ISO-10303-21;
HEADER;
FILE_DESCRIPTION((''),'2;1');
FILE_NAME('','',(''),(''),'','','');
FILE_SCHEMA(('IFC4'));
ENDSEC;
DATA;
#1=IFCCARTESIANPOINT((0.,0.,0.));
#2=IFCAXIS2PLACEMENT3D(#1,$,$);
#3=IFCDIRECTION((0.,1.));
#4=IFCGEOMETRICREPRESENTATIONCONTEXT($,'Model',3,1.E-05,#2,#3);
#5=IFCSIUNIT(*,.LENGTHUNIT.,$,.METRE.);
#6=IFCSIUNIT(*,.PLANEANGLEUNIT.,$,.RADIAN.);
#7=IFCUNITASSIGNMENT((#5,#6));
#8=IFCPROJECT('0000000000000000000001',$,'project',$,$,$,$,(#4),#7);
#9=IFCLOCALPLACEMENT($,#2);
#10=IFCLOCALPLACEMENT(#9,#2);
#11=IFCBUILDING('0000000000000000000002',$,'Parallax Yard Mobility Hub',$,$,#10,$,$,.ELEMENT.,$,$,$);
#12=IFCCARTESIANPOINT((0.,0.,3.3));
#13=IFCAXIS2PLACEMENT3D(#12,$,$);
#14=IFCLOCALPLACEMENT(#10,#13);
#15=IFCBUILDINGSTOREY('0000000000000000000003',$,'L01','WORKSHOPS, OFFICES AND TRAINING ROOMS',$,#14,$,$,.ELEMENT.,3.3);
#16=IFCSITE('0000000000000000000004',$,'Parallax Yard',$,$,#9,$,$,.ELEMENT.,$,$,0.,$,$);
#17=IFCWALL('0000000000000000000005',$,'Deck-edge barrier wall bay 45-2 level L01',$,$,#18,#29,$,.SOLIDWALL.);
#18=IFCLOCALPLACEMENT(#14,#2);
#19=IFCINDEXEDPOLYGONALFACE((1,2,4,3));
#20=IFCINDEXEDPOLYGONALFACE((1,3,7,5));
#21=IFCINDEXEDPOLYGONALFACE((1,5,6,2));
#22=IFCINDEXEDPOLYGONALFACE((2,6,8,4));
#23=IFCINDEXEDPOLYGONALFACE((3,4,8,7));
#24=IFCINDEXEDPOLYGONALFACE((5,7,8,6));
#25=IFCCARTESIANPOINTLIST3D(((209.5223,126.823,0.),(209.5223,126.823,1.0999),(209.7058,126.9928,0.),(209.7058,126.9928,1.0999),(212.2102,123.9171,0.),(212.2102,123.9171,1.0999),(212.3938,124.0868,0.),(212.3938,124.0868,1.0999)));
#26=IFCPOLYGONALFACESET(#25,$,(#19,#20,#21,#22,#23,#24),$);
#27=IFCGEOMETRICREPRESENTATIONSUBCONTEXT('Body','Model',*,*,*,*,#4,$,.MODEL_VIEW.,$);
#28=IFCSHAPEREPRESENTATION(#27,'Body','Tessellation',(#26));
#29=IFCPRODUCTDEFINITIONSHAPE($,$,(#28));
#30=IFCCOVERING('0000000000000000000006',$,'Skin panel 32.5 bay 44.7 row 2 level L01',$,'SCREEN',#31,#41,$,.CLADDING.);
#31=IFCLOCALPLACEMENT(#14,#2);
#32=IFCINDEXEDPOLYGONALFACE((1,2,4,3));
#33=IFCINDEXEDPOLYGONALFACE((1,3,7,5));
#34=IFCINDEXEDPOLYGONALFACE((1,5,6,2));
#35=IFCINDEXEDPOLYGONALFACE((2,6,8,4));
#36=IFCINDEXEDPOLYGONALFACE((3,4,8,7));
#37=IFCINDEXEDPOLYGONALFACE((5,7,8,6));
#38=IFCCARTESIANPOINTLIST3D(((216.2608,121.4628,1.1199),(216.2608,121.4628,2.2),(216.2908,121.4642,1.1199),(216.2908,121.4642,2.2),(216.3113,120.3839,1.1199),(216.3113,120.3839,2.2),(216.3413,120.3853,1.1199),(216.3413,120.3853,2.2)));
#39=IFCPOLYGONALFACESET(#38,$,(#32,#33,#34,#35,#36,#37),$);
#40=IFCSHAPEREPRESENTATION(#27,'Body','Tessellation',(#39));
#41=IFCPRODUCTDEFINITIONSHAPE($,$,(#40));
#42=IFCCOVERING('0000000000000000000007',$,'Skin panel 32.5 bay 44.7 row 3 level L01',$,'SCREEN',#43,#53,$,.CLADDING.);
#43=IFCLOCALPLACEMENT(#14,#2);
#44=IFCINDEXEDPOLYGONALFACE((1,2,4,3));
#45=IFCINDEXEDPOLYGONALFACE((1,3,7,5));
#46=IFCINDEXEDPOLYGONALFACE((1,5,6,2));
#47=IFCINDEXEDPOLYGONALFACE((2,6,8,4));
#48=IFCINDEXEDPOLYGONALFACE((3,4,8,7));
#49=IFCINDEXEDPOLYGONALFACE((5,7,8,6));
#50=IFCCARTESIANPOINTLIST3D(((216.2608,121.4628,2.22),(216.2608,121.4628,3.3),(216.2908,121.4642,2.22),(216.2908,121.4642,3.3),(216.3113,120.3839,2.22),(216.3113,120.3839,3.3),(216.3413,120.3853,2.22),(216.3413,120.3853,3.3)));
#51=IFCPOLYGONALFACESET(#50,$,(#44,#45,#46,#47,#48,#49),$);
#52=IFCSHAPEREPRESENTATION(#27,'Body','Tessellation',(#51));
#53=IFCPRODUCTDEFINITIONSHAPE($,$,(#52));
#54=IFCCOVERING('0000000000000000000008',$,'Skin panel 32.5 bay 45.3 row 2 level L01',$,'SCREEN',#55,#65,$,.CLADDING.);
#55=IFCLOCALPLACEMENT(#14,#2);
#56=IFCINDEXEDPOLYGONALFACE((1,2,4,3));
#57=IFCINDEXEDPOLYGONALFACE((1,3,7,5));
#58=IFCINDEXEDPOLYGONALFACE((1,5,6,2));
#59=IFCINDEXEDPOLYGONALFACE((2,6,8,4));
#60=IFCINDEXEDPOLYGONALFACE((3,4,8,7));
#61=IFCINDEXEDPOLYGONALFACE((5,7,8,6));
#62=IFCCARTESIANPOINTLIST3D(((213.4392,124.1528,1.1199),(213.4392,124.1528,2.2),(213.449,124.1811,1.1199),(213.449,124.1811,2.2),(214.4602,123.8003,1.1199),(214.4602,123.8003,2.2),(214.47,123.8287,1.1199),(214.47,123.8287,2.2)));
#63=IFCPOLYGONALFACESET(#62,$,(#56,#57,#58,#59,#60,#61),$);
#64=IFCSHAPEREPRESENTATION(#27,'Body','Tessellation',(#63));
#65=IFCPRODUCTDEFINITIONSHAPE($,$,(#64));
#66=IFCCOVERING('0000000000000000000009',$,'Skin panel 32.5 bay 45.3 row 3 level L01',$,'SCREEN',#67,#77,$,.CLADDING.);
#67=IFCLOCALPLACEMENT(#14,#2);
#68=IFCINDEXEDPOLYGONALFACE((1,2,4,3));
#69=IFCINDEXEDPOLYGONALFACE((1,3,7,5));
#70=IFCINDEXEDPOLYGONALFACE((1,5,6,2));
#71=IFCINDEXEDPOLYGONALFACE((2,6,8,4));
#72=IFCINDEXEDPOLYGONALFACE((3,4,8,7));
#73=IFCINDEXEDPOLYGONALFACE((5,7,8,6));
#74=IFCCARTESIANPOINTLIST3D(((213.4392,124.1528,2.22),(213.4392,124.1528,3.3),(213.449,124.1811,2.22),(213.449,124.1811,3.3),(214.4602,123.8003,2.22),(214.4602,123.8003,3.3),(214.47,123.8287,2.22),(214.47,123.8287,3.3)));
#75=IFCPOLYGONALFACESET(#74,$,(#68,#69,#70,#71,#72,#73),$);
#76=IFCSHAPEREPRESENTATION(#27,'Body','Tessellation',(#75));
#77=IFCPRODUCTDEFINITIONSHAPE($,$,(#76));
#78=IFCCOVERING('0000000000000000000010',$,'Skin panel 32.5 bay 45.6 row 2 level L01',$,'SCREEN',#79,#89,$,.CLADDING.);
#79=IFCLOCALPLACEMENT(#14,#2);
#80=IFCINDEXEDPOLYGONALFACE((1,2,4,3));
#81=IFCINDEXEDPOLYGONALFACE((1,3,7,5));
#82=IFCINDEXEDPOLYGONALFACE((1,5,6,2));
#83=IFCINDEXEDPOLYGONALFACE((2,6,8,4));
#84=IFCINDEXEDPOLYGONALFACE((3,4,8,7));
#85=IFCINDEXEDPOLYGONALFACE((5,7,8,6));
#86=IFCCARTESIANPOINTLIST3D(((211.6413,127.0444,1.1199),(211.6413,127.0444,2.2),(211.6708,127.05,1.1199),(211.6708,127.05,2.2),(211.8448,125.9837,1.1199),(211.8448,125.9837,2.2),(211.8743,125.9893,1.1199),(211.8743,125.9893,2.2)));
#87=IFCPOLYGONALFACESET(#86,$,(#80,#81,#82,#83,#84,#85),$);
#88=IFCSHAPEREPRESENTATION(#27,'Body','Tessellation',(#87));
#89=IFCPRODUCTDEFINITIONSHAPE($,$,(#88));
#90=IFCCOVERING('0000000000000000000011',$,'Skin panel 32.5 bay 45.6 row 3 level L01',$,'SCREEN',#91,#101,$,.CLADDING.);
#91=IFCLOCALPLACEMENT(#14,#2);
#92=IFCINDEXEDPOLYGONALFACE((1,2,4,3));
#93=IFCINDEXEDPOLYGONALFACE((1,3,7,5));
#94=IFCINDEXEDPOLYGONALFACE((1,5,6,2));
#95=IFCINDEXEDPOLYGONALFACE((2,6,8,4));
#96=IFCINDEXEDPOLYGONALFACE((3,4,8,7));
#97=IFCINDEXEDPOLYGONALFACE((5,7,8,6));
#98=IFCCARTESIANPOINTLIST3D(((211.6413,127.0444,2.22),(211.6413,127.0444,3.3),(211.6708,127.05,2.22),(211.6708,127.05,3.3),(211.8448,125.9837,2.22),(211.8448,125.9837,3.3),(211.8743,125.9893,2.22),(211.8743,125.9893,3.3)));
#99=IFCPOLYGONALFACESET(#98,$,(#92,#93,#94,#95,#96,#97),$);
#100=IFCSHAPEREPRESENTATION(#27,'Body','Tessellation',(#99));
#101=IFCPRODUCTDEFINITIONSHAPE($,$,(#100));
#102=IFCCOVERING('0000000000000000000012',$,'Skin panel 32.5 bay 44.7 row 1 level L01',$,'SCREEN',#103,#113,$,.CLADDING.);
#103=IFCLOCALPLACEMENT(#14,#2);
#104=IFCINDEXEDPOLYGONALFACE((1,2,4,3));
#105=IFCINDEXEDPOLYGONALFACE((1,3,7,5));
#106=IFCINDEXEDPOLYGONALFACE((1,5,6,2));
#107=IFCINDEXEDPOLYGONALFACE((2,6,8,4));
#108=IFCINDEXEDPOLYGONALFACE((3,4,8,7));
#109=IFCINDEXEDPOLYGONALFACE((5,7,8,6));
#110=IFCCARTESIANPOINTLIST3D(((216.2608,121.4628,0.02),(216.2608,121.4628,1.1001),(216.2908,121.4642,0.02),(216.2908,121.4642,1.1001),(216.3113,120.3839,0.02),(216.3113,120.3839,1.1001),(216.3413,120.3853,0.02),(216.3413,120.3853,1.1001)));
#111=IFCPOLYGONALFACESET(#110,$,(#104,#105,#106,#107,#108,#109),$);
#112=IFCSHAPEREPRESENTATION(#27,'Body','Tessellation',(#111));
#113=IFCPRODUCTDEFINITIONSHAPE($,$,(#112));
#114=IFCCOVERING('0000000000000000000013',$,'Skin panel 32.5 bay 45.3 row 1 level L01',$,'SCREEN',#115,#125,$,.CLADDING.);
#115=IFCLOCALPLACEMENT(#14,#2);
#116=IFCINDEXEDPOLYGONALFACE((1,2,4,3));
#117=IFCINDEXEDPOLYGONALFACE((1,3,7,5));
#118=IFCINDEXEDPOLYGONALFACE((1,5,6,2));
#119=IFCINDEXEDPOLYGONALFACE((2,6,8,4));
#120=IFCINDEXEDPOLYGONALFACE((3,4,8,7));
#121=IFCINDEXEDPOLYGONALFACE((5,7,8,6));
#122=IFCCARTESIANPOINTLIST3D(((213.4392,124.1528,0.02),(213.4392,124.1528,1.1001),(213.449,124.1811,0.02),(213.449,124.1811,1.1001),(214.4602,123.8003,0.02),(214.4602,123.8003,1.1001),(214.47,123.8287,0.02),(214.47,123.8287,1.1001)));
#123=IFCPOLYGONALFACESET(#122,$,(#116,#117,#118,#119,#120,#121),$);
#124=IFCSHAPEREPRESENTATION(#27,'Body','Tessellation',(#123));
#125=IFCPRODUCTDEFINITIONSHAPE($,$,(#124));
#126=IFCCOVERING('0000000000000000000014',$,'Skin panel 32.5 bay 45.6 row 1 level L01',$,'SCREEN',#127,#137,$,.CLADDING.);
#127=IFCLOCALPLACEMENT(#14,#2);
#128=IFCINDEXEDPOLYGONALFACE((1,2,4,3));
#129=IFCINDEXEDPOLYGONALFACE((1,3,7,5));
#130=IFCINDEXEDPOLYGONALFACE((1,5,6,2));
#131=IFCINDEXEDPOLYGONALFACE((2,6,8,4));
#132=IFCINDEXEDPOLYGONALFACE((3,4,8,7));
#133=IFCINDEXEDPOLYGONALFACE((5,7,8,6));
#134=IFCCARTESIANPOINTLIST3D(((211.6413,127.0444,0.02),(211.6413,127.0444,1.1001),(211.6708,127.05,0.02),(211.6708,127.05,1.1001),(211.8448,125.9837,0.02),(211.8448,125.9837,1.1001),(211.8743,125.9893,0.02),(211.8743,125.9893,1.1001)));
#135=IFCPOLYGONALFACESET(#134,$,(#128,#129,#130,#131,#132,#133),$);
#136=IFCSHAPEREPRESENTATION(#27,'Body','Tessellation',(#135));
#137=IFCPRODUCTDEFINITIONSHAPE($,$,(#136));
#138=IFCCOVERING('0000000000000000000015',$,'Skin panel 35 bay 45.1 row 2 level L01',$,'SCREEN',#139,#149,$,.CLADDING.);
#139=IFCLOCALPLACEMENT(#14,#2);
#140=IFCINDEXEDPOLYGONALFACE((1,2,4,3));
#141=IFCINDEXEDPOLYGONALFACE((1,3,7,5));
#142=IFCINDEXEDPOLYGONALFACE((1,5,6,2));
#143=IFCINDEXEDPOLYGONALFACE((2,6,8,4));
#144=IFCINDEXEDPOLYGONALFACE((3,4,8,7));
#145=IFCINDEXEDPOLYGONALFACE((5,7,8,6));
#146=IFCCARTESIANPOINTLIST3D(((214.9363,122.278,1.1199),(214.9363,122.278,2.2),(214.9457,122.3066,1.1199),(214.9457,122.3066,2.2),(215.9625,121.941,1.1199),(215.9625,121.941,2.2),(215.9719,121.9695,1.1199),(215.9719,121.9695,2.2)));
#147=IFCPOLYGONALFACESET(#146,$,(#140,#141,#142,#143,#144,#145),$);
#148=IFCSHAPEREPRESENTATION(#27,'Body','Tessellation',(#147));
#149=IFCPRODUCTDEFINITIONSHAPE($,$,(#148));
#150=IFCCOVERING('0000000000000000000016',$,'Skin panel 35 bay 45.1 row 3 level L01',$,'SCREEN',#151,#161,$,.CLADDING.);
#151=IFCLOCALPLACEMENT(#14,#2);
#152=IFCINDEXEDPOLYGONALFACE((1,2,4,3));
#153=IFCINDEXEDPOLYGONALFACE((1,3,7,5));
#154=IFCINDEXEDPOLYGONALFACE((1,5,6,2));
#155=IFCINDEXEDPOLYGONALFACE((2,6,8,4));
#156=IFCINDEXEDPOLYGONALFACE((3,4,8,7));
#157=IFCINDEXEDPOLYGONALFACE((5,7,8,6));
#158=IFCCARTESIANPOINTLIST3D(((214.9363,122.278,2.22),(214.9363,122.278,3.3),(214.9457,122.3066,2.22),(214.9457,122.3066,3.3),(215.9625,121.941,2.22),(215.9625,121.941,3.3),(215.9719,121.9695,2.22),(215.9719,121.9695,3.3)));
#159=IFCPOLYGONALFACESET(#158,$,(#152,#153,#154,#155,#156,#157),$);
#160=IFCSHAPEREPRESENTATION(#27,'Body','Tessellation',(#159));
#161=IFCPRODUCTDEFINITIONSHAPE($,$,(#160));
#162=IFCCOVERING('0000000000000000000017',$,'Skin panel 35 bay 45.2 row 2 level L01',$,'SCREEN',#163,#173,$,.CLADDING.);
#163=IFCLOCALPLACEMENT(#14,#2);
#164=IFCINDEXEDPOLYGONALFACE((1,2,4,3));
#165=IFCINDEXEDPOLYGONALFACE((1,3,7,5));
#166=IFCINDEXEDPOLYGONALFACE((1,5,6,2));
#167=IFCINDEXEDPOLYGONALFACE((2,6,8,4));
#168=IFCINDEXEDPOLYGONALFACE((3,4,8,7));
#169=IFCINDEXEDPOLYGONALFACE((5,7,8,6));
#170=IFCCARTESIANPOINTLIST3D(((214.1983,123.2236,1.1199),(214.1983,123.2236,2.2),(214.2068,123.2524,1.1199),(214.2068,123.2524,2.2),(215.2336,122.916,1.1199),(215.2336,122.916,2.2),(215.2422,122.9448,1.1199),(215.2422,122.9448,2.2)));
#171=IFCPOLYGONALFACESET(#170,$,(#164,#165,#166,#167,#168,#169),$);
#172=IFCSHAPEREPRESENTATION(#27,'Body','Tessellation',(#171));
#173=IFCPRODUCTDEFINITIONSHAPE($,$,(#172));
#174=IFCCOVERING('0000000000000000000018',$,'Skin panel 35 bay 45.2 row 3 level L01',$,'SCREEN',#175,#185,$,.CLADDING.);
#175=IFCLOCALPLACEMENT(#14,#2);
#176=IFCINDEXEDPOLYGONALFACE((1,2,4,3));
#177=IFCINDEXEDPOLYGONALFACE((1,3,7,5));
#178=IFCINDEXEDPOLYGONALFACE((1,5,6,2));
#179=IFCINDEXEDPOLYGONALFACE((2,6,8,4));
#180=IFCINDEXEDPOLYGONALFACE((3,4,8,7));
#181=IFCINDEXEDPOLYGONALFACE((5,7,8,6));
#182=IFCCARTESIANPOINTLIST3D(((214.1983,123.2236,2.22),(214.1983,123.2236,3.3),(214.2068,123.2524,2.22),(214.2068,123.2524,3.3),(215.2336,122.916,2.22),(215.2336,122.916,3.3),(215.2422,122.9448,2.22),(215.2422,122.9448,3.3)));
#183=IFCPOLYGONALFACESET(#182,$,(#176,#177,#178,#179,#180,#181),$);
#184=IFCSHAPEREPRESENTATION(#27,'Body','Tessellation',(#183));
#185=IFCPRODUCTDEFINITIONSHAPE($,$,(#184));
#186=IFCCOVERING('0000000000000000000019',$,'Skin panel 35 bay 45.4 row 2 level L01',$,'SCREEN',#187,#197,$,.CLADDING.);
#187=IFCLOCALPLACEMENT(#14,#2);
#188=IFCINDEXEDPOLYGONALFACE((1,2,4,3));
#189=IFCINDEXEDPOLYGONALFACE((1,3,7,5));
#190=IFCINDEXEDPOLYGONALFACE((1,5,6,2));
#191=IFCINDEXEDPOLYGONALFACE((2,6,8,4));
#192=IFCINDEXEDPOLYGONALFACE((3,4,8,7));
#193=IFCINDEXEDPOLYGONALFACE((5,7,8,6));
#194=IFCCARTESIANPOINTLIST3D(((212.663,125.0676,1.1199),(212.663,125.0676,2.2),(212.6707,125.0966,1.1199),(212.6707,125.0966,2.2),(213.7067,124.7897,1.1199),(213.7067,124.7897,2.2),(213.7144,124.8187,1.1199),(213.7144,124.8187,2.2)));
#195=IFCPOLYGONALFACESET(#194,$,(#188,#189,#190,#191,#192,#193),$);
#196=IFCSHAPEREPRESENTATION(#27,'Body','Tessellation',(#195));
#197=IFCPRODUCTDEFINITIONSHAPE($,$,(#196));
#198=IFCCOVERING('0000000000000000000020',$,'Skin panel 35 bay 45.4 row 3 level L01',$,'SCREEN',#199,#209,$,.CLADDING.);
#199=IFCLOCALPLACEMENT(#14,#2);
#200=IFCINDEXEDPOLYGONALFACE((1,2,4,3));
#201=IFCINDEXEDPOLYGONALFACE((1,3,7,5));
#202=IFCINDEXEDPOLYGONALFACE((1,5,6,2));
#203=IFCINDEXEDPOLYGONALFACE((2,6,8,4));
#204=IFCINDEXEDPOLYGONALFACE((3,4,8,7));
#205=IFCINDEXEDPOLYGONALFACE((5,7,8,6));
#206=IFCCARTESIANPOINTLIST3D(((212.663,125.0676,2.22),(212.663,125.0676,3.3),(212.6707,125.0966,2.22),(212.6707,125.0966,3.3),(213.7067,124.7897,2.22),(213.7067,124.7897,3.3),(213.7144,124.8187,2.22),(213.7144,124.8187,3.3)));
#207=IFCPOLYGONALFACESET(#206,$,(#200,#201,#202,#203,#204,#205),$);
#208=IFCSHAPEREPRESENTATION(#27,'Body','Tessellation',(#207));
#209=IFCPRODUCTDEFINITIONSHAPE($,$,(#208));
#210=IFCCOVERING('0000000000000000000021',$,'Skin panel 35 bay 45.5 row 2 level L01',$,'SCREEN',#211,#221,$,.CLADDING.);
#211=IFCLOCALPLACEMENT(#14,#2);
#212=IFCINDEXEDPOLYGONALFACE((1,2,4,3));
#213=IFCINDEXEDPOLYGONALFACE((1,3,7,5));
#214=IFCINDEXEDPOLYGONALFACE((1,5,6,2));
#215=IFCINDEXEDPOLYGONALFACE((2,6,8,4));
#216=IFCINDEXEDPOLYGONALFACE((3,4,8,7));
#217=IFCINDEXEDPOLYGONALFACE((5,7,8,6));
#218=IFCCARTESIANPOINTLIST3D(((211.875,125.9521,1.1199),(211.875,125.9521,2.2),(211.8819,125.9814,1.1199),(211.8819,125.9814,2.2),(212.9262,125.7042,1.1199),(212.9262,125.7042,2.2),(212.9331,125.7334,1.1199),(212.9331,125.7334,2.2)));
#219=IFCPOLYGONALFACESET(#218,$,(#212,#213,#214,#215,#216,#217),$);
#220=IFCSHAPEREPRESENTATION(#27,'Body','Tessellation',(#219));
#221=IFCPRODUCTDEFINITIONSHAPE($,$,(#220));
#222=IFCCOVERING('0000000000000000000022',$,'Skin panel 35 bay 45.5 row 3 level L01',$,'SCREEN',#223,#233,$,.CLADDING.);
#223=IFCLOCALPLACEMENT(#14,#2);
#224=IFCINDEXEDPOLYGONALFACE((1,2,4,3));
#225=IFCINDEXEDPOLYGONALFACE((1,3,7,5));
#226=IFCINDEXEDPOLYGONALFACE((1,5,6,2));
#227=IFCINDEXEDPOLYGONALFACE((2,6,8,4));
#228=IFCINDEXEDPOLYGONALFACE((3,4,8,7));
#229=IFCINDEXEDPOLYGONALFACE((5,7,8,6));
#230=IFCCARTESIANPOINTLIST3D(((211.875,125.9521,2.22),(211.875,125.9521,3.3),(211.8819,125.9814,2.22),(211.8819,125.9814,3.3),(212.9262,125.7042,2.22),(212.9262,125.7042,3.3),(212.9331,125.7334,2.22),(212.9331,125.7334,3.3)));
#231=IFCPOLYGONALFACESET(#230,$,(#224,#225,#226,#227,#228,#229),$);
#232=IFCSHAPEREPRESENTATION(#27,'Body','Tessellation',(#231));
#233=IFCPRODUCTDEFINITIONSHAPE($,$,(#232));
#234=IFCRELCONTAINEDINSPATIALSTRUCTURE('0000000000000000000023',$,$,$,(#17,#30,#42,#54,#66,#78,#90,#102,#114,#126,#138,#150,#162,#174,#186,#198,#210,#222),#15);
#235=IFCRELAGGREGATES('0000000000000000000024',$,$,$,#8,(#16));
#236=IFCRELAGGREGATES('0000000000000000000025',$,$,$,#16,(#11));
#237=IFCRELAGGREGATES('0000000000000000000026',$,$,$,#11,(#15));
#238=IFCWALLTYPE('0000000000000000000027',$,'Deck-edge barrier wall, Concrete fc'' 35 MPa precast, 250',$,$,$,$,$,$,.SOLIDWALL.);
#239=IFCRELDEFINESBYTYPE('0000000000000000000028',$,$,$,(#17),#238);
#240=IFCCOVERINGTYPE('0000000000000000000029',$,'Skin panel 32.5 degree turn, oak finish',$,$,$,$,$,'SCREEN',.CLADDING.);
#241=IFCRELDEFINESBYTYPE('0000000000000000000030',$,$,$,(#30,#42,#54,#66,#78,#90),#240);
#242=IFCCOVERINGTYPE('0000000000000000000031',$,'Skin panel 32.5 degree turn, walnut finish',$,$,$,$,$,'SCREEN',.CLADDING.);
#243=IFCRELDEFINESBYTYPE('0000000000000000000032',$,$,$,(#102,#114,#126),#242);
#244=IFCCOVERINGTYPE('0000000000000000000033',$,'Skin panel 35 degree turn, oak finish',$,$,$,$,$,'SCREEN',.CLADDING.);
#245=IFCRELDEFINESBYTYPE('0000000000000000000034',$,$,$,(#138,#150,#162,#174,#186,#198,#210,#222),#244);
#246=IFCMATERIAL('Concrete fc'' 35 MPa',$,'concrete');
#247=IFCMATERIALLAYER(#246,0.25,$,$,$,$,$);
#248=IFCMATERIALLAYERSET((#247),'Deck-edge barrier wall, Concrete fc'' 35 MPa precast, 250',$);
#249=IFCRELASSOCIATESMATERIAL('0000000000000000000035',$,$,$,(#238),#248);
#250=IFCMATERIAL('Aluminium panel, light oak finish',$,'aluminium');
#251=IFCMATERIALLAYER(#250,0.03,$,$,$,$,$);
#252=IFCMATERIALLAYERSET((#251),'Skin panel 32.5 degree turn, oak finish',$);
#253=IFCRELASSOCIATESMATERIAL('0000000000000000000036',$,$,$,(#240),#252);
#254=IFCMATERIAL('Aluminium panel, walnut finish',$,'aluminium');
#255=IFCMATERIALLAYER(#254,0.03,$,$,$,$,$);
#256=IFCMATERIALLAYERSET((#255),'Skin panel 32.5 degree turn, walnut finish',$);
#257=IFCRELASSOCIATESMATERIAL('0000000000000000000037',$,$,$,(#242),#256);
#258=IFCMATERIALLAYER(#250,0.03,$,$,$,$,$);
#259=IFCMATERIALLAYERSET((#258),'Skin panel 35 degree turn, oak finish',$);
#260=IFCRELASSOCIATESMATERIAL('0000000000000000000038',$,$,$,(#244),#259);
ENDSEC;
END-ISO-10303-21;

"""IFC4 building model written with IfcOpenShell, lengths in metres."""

from ifc_helpers import new_model, si_unit, direction, frame, frame_2d, origin, origin_2d, place, context, subcontext, project, spatial, rectangle, extrude, material, layer, layer_set, type_object, element, save


model = new_model("IFC4")

# Units and contexts
model_context = context("Model", 3, precision=1e-05, world=origin(), true_north=direction((0.0, 1.0)))
body_context = subcontext(model_context, "Body", "Model", "MODEL_VIEW")
ifc_project = project(units=[si_unit("LENGTHUNIT", "METRE"), si_unit("PLANEANGLEUNIT", "RADIAN")], contexts=[model_context])

# Site, building, storey
site_placement = place(None, origin())
site = spatial("IfcSite", under=ifc_project, at=site_placement, Name="Parallax Yard", CompositionType="ELEMENT", RefElevation=0.0)
building_placement = place(site_placement, origin())
building = spatial("IfcBuilding", under=site, at=building_placement, Name="Parallax Yard Mobility Hub", CompositionType="ELEMENT")
storey_placement = place(building_placement, frame((0.0, 0.0, 3.3)))
storey = spatial("IfcBuildingStorey", under=building, at=storey_placement, Name="L01", Description="WORKSHOPS, OFFICES AND TRAINING ROOMS", CompositionType="ELEMENT", Elevation=3.3)

# Wall
ifc_material_1 = material(Name="Concrete fc' 35 MPa", Category="concrete")
ifc_layer_1 = layer(ifc_material_1, 0.25)
ifc_layer_set_1 = layer_set([ifc_layer_1], Name="Deck-edge barrier wall, Concrete fc' 35 MPa precast, 250")
wall_type = type_object("IfcWallType", Name="Deck-edge barrier wall, Concrete fc' 35 MPa precast, 250", PredefinedType="SOLIDWALL", material=ifc_layer_set_1)
wall_placement = place(storey_placement, frame((212.302, 124.002, 0.0), z_axis=(0.0, 0.0, 1.0), x_axis=(-0.679033, 0.734108, 0.0)))
element("IfcWall", 1, at=wall_placement, inside=storey, type_object=wall_type, Name="Deck-edge barrier wall bay 45-2 level L01", PredefinedType="SOLIDWALL", context=body_context, shape_type="SweptSolid", body=[
    extrude(rectangle(XDim=3.9585, YDim=0.25, at=frame_2d((1.9792, 0.0))), origin(), (0.0, 0.0, 1.0), 1.0999),
])

# Coverings
ifc_material_2 = material(Name="Aluminium panel, light oak finish", Category="aluminium")
ifc_layer_2 = layer(ifc_material_2, 0.03)
ifc_layer_set_2 = layer_set([ifc_layer_2], Name="Skin panel 32.5 degree turn, oak finish")
covering_type_1 = type_object("IfcCoveringType", Name="Skin panel 32.5 degree turn, oak finish", ElementType="SCREEN", PredefinedType="CLADDING", material=ifc_layer_set_2)
for number, where, z_axis, x_axis, name in (
    (2, (216.301, 120.9241, 1.1199), (0.0, 0.0, 1.0), (-0.046789, 0.998905, 0.0), "Skin panel 32.5 bay 44.7 row 2 level L01"),
    (3, (216.301, 120.9241, 2.22), (0.0, 0.0, 1.0), (-0.046789, 0.998905, 0.0), "Skin panel 32.5 bay 44.7 row 3 level L01"),
    (4, (213.9546, 123.9907, 1.1199), (0.0, 0.0, 1.0), (0.94526, -0.326319, 0.0), "Skin panel 32.5 bay 45.3 row 2 level L01"),
    (5, (213.9546, 123.9907, 2.22), (0.0, 0.0, 1.0), (0.94526, -0.326319, 0.0), "Skin panel 32.5 bay 45.3 row 3 level L01"),
    (6, (211.7578, 126.5168, 1.1199), (0.0, 0.0, 1.0), (-0.188472, 0.982079, 0.0), "Skin panel 32.5 bay 45.6 row 2 level L01"),
    (7, (211.7578, 126.5168, 2.22), (0.0, 0.0, 1.0), (-0.188472, 0.982079, 0.0), "Skin panel 32.5 bay 45.6 row 3 level L01"),
):
    element("IfcCovering", number, at=place(storey_placement, frame(where, z_axis=z_axis, x_axis=x_axis)), inside=storey, type_object=covering_type_1, Name=name, ObjectType="SCREEN", PredefinedType="CLADDING", context=body_context, shape_type="SweptSolid", body=[
        extrude(rectangle(XDim=1.0801, YDim=0.03, at=origin_2d()), origin(), (0.0, 0.0, 1.0), 1.0801),
    ])
ifc_material_3 = material(Name="Aluminium panel, walnut finish", Category="aluminium")
ifc_layer_3 = layer(ifc_material_3, 0.03)
ifc_layer_set_3 = layer_set([ifc_layer_3], Name="Skin panel 32.5 degree turn, walnut finish")
covering_type_2 = type_object("IfcCoveringType", Name="Skin panel 32.5 degree turn, walnut finish", ElementType="SCREEN", PredefinedType="CLADDING", material=ifc_layer_set_3)
for number, where, z_axis, x_axis, name in (
    (8, (216.301, 120.9241, 0.02), (0.0, 0.0, 1.0), (-0.046789, 0.998905, 0.0), "Skin panel 32.5 bay 44.7 row 1 level L01"),
    (9, (213.9546, 123.9907, 0.02), (0.0, 0.0, 1.0), (0.94526, -0.326319, 0.0), "Skin panel 32.5 bay 45.3 row 1 level L01"),
    (10, (211.7578, 126.5168, 0.02), (0.0, 0.0, 1.0), (-0.188472, 0.982079, 0.0), "Skin panel 32.5 bay 45.6 row 1 level L01"),
):
    element("IfcCovering", number, at=place(storey_placement, frame(where, z_axis=z_axis, x_axis=x_axis)), inside=storey, type_object=covering_type_2, Name=name, ObjectType="SCREEN", PredefinedType="CLADDING", context=body_context, shape_type="SweptSolid", body=[
        extrude(rectangle(XDim=1.0801, YDim=0.03, at=origin_2d()), origin(), (0.0, 0.0, 1.0), 1.0801),
    ])
ifc_layer_4 = layer(ifc_material_2, 0.03)
ifc_layer_set_4 = layer_set([ifc_layer_4], Name="Skin panel 35 degree turn, oak finish")
covering_type_3 = type_object("IfcCoveringType", Name="Skin panel 35 degree turn, oak finish", ElementType="SCREEN", PredefinedType="CLADDING", material=ifc_layer_set_4)
for number, where, z_axis, x_axis, name in (
    (11, (215.4541, 122.1238, 1.1199), (0.0, 0.0, 1.0), (0.950071, -0.312033, 0.0), "Skin panel 35 bay 45.1 row 2 level L01"),
    (12, (215.4541, 122.1238, 2.22), (0.0, 0.0, 1.0), (0.950071, -0.312033, 0.0), "Skin panel 35 bay 45.1 row 3 level L01"),
    (13, (214.7202, 123.0842, 1.1199), (0.0, 0.0, 1.0), (0.958594, -0.284777, 0.0), "Skin panel 35 bay 45.2 row 2 level L01"),
    (14, (214.7202, 123.0842, 2.22), (0.0, 0.0, 1.0), (0.958594, -0.284777, 0.0), "Skin panel 35 bay 45.2 row 3 level L01"),
    (15, (213.1887, 124.9431, 1.1199), (0.0, 0.0, 1.0), (0.966335, -0.257286, 0.0), "Skin panel 35 bay 45.4 row 2 level L01"),
    (16, (213.1887, 124.9431, 2.22), (0.0, 0.0, 1.0), (0.966335, -0.257286, 0.0), "Skin panel 35 bay 45.4 row 3 level L01"),
    (17, (212.4041, 125.8428, 1.1199), (0.0, 0.0, 1.0), (0.973288, -0.229586, 0.0), "Skin panel 35 bay 45.5 row 2 level L01"),
    (18, (212.4041, 125.8428, 2.22), (0.0, 0.0, 1.0), (0.973288, -0.229586, 0.0), "Skin panel 35 bay 45.5 row 3 level L01"),
):
    element("IfcCovering", number, at=place(storey_placement, frame(where, z_axis=z_axis, x_axis=x_axis)), inside=storey, type_object=covering_type_3, Name=name, ObjectType="SCREEN", PredefinedType="CLADDING", context=body_context, shape_type="SweptSolid", body=[
        extrude(rectangle(XDim=1.0801, YDim=0.03, at=origin_2d()), origin(), (0.0, 0.0, 1.0), 1.0801),
    ])

save(model, "model.ifc")
